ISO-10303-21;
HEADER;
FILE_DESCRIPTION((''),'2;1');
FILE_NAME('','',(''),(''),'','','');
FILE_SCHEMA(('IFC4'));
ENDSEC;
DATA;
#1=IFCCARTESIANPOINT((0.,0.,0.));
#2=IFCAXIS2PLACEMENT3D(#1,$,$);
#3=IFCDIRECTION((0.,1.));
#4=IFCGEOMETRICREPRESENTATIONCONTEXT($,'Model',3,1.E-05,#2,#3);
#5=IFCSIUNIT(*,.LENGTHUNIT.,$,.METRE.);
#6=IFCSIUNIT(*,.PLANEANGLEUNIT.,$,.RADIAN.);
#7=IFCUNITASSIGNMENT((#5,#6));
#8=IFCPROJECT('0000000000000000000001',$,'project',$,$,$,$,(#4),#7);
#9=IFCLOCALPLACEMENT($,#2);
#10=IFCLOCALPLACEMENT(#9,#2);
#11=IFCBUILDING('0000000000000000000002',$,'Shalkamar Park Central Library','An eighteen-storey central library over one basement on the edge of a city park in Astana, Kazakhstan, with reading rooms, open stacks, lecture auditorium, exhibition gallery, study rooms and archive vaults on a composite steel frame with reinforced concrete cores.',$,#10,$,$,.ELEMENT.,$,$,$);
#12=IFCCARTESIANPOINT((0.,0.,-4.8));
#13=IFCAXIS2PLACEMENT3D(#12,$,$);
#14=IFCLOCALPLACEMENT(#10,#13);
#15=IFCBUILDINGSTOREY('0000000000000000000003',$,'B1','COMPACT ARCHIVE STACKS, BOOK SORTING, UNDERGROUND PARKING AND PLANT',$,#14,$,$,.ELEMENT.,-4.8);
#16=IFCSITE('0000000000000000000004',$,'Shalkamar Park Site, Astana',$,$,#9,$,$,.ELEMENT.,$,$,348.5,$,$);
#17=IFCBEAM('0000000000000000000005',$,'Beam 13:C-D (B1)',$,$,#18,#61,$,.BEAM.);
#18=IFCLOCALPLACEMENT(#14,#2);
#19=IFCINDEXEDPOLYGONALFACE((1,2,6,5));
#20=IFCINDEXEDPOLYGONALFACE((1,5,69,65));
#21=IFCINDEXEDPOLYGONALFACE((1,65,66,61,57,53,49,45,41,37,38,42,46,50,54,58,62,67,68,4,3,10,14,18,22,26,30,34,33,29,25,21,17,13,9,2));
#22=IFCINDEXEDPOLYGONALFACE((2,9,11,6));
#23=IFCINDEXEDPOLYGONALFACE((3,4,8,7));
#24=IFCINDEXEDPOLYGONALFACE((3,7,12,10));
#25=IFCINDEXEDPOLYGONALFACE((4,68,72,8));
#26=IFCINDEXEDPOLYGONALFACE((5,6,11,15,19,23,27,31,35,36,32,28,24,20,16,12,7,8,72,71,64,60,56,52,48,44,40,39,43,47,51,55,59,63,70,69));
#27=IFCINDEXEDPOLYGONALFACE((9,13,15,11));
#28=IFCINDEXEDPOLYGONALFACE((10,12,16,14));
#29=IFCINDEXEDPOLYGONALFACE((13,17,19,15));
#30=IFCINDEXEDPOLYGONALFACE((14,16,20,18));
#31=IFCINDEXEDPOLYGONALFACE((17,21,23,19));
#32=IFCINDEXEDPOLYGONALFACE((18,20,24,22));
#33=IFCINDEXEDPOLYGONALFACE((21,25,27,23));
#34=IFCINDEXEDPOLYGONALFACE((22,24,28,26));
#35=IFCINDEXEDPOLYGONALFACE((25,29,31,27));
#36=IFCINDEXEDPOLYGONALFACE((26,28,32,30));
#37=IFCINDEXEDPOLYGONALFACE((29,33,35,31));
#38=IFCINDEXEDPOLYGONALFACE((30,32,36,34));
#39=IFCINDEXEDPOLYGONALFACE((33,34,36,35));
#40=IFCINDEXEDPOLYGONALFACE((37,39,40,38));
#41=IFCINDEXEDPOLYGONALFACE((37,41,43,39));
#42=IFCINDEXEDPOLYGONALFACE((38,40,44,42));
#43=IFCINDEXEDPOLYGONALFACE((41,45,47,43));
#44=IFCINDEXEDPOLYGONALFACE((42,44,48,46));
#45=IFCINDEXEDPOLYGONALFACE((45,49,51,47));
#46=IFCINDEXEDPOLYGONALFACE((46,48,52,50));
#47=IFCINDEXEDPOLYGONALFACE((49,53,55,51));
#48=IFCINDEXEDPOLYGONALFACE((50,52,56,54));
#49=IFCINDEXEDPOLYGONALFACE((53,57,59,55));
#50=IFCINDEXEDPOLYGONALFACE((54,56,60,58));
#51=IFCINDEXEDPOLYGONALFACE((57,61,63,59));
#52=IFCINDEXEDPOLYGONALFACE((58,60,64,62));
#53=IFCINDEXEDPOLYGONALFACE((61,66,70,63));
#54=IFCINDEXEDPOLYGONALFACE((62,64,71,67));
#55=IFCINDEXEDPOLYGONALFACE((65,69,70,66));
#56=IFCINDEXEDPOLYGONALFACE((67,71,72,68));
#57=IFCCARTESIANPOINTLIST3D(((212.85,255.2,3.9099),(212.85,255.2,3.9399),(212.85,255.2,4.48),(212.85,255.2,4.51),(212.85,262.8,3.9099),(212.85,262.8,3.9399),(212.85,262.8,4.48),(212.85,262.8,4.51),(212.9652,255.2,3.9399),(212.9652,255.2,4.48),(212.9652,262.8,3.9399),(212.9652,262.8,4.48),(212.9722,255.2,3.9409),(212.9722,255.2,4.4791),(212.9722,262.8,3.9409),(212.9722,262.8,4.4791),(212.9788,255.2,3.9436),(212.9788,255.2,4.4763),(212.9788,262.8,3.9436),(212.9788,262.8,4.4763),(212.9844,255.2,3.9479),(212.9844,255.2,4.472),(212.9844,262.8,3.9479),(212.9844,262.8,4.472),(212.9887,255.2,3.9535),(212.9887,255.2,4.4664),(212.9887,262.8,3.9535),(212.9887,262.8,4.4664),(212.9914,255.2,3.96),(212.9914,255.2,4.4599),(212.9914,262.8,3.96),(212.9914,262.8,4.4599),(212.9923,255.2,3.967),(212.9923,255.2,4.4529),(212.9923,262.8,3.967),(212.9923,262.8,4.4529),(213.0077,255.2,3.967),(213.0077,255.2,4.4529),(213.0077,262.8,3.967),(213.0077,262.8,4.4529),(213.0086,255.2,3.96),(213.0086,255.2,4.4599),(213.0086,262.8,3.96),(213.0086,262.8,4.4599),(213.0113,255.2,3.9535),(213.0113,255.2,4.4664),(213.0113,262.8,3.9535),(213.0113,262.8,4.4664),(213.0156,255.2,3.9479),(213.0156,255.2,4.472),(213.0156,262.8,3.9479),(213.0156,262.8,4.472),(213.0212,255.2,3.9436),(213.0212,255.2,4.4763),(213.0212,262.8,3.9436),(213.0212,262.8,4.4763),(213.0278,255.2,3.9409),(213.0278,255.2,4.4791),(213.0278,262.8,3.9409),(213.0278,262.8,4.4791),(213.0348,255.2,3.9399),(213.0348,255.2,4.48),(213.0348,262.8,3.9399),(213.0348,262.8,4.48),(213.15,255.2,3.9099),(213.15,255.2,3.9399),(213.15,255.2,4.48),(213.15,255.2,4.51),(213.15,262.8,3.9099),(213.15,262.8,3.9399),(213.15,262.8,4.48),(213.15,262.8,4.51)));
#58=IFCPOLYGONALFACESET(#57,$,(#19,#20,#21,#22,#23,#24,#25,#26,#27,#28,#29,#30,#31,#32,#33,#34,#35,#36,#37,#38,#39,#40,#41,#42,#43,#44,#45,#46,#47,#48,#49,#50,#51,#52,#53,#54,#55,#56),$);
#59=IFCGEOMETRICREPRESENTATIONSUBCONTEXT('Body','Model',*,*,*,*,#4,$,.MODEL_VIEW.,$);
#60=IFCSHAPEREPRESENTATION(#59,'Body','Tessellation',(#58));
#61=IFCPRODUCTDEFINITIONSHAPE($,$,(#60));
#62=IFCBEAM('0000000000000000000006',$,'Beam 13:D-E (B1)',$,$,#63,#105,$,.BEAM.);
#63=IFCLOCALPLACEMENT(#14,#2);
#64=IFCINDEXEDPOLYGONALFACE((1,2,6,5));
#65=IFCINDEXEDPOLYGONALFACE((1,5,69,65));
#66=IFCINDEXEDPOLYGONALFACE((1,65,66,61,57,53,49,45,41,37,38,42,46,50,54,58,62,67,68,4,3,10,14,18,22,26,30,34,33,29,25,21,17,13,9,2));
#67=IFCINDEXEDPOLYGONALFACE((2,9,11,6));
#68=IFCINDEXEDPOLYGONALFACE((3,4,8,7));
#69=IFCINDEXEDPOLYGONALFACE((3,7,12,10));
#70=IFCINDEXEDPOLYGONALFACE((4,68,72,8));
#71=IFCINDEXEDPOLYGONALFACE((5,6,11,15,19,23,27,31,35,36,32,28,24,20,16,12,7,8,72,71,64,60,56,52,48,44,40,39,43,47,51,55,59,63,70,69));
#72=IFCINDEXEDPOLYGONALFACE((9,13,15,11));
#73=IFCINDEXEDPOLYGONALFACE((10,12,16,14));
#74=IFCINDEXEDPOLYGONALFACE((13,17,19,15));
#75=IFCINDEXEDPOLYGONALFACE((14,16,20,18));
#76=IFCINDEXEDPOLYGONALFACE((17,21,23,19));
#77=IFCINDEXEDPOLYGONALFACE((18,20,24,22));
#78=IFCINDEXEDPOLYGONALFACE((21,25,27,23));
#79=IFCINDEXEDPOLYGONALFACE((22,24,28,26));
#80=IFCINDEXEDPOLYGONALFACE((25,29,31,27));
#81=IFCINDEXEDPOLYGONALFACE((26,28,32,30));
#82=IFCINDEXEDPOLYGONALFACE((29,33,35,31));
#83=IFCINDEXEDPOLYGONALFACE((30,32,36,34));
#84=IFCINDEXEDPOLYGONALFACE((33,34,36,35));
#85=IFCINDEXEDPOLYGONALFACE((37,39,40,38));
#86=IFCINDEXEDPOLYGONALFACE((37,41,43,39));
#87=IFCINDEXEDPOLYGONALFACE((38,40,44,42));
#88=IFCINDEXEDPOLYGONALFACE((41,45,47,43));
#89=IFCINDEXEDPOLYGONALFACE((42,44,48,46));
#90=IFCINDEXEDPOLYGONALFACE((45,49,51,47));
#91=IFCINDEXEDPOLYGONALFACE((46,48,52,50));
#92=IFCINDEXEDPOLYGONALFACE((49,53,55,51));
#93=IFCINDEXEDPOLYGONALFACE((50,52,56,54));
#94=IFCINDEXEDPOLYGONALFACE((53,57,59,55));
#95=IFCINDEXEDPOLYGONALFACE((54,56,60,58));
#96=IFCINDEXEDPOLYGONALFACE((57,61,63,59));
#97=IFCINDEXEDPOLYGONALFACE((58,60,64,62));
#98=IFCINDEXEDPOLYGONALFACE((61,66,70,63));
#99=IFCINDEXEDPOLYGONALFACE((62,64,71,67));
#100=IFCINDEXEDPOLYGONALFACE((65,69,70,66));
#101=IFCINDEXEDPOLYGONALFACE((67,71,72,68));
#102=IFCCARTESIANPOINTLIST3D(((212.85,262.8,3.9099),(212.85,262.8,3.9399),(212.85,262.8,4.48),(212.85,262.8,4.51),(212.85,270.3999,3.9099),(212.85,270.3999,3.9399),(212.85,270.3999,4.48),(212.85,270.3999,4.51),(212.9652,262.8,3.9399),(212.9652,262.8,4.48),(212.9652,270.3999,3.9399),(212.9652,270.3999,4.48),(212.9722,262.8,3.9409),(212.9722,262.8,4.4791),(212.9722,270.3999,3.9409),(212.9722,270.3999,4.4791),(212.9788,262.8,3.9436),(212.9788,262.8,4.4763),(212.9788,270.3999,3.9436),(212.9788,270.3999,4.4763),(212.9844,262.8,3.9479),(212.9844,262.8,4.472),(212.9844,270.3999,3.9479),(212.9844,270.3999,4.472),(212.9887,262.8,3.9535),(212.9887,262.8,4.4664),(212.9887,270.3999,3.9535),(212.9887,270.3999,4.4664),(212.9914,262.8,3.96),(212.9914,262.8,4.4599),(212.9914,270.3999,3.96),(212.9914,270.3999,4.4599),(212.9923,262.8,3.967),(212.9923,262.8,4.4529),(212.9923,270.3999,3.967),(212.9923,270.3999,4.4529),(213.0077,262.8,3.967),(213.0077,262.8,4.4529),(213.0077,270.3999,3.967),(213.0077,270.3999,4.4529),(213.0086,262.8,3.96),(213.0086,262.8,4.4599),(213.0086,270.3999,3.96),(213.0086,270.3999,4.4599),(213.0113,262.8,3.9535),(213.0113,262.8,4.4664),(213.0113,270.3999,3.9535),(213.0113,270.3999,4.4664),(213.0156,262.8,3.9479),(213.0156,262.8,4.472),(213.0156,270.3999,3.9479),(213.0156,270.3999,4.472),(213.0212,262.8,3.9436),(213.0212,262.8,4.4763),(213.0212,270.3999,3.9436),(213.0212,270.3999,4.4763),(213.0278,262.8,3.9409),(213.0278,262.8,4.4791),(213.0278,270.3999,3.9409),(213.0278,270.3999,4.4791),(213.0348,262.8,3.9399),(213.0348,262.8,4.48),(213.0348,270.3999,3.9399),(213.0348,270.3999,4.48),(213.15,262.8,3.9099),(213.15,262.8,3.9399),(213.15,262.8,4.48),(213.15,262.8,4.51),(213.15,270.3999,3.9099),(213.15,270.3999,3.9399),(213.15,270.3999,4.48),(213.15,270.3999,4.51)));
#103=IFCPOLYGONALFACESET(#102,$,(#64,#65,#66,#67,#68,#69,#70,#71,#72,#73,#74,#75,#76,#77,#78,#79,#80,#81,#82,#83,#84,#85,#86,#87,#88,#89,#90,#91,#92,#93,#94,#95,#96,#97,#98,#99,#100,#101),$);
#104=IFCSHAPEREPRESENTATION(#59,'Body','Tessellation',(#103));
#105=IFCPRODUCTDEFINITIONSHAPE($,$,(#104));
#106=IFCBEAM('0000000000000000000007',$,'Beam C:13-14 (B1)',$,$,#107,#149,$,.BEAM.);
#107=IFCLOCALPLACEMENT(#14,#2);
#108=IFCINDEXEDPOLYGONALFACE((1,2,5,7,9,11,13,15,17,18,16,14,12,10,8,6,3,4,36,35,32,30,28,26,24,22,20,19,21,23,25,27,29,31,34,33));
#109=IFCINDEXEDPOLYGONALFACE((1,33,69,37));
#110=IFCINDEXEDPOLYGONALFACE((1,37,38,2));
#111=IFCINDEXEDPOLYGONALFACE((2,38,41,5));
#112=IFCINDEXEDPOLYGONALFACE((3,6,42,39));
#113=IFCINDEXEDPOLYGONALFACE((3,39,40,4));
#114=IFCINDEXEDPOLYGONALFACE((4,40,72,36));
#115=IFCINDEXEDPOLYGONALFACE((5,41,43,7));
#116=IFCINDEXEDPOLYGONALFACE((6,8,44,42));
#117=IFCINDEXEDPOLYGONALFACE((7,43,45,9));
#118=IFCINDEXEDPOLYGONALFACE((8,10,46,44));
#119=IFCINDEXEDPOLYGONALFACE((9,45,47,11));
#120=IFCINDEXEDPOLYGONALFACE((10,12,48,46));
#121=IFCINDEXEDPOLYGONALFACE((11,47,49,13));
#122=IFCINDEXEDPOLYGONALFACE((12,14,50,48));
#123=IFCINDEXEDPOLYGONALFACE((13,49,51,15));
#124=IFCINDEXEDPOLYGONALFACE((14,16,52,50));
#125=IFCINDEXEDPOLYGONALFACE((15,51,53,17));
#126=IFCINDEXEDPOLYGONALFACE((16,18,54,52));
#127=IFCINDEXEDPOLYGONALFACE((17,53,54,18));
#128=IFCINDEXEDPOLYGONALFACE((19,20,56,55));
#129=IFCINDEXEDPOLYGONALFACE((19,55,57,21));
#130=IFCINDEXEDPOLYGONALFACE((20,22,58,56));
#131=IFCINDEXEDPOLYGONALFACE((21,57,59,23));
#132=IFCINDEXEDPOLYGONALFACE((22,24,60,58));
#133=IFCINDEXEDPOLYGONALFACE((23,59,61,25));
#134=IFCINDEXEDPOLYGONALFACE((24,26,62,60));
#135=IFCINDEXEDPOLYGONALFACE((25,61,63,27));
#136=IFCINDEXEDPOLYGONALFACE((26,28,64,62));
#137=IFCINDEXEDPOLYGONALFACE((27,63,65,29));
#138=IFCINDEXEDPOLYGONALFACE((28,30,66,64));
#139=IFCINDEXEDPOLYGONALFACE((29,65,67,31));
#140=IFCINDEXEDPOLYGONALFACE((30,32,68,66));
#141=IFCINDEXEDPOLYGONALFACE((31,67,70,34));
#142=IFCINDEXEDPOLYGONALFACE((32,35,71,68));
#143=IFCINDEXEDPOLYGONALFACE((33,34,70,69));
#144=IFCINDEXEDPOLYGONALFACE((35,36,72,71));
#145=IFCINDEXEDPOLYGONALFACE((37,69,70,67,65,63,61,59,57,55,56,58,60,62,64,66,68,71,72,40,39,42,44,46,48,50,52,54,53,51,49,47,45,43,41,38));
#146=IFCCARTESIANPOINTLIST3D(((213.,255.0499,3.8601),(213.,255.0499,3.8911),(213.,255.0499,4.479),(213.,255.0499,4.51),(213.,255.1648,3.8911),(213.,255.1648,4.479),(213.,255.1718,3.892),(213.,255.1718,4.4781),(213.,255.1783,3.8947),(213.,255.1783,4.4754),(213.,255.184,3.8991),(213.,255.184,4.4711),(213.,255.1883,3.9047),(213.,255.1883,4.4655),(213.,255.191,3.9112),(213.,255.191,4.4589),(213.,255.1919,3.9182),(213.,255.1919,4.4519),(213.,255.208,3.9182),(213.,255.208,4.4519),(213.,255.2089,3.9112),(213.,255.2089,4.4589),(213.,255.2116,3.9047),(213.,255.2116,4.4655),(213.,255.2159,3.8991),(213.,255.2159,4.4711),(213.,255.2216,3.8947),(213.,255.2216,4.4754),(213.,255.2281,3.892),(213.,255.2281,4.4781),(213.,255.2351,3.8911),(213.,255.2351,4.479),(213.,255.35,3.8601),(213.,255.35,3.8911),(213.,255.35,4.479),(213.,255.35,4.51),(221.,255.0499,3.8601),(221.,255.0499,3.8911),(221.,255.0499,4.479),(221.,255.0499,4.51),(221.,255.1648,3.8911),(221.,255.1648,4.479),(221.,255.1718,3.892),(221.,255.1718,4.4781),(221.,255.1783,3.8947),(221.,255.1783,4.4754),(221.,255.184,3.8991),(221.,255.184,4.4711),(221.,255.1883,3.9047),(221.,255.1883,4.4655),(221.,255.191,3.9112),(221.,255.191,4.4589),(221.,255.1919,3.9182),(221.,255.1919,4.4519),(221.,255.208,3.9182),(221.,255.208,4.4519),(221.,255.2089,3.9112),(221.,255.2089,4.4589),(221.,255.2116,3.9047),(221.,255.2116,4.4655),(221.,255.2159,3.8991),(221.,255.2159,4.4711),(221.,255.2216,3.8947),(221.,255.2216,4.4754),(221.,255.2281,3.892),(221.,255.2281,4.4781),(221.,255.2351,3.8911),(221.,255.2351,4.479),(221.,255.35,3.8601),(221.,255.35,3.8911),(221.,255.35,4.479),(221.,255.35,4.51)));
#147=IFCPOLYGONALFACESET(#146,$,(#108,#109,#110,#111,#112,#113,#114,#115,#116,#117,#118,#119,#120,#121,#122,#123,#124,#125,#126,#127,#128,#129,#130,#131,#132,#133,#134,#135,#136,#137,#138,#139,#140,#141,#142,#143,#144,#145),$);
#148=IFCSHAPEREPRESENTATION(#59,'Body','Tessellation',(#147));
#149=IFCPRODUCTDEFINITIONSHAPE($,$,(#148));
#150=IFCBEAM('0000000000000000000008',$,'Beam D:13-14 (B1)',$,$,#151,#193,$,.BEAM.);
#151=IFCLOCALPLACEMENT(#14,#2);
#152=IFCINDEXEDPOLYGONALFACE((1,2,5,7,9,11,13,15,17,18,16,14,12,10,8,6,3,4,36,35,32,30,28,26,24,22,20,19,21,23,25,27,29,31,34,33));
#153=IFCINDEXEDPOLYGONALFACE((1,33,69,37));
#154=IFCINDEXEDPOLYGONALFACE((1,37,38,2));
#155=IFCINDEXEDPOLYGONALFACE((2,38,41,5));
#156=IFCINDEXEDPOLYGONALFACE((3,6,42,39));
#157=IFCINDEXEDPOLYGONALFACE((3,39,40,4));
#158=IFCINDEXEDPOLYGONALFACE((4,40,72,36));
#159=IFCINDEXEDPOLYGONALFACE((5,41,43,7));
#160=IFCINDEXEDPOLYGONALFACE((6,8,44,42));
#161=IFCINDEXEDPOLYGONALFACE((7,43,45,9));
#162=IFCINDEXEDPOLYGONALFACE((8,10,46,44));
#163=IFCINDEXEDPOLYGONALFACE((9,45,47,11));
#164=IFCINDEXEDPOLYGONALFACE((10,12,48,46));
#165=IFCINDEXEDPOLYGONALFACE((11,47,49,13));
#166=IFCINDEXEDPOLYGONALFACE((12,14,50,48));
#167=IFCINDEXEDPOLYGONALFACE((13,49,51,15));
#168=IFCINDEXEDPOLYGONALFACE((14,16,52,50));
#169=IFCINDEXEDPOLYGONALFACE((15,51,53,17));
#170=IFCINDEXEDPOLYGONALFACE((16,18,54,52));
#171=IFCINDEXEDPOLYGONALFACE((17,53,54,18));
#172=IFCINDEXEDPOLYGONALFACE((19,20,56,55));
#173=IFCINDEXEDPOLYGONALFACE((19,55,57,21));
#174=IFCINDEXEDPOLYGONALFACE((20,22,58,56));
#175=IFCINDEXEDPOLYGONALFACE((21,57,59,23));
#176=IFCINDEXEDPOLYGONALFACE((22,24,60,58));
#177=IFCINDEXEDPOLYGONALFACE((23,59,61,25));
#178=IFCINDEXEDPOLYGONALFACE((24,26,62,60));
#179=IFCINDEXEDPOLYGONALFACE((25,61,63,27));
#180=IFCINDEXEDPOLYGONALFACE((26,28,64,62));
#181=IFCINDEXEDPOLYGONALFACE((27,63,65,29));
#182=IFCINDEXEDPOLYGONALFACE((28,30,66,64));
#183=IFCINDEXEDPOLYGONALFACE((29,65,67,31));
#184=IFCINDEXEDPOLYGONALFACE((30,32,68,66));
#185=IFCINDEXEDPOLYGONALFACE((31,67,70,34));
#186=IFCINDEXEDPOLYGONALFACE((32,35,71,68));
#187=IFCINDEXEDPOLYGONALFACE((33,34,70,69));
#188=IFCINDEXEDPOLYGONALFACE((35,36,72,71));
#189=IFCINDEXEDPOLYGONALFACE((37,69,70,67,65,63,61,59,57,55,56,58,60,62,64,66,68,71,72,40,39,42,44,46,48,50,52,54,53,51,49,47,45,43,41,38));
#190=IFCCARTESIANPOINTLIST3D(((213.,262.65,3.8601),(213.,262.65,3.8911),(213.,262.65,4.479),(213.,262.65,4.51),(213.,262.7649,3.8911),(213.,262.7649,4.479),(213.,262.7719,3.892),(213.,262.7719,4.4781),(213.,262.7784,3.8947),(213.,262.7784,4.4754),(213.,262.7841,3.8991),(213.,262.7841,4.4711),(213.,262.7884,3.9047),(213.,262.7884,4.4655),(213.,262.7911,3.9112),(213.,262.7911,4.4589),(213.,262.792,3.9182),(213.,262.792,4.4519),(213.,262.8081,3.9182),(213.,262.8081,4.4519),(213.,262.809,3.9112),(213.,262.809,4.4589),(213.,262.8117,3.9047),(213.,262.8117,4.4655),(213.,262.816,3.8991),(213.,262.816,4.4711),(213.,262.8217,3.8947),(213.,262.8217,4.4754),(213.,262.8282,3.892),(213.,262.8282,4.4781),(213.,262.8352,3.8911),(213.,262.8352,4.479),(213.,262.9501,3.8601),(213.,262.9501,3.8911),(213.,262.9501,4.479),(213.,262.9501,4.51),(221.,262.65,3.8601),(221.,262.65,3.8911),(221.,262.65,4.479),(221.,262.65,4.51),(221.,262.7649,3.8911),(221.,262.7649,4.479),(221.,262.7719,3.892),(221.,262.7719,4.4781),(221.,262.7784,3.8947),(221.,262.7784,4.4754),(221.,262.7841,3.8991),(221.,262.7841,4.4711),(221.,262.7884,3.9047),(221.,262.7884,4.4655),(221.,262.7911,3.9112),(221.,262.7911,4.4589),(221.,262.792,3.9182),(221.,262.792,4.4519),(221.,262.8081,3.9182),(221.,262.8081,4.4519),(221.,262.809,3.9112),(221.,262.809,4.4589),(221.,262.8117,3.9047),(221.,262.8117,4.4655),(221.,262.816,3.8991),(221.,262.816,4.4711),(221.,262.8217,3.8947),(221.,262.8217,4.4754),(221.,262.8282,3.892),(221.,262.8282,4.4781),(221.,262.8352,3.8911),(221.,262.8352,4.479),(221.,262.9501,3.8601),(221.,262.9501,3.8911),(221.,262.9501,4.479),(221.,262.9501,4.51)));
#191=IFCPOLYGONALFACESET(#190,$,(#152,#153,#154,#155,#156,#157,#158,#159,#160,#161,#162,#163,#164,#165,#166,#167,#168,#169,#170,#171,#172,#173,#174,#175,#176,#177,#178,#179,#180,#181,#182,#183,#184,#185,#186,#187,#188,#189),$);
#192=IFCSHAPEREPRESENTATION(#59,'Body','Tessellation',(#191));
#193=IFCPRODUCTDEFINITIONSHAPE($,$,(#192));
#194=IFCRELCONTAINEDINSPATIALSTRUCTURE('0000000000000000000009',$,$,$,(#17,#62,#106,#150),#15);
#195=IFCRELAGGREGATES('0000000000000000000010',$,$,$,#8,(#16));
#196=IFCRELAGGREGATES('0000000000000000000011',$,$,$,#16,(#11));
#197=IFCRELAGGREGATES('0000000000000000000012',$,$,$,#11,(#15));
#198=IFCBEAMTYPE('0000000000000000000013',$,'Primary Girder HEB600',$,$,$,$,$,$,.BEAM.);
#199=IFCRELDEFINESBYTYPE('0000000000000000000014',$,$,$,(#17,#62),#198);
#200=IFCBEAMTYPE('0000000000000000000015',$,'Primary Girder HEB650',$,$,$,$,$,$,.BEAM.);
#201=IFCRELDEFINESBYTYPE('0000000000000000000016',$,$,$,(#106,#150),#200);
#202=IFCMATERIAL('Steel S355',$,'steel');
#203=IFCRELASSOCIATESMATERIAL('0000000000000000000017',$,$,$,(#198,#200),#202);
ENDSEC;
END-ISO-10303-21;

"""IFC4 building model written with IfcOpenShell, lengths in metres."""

from ifc_helpers import new_model, si_unit, direction, frame, origin, origin_2d, place, context, subcontext, project, spatial, i_section, extrude, material, material_profile, profile_set, type_object, element, save


model = new_model("IFC4")

# Units and contexts
model_context = context("Model", 3, precision=1e-05, world=origin(), true_north=direction((0.0, 1.0)))
body_context = subcontext(model_context, "Body", "Model", "MODEL_VIEW")
ifc_project = project(units=[si_unit("LENGTHUNIT", "METRE"), si_unit("PLANEANGLEUNIT", "RADIAN")], contexts=[model_context])

# Site, building, storey
site_placement = place(None, origin())
site = spatial("IfcSite", under=ifc_project, at=site_placement, Name="Shalkamar Park Site, Astana", CompositionType="ELEMENT", RefElevation=348.5)
building_placement = place(site_placement, origin())
building = spatial("IfcBuilding", under=site, at=building_placement, Name="Shalkamar Park Central Library", Description="An eighteen-storey central library over one basement on the edge of a city park in Astana, Kazakhstan, with reading rooms, open stacks, lecture auditorium, exhibition gallery, study rooms and archive vaults on a composite steel frame with reinforced concrete cores.", CompositionType="ELEMENT")
storey_placement = place(building_placement, frame((0.0, 0.0, -4.8)))
storey = spatial("IfcBuildingStorey", under=building, at=storey_placement, Name="B1", Description="COMPACT ARCHIVE STACKS, BOOK SORTING, UNDERGROUND PARKING AND PLANT", CompositionType="ELEMENT", Elevation=-4.8)

# Shared definitions
ifc_material_1 = material(Name="Steel S355", Category="steel")

# Beams
ifc_material_profile_1 = material_profile(ifc_material_1, i_section(OverallWidth=0.3, OverallDepth=0.6001, WebThickness=0.0154, FlangeThickness=0.03, FilletRadius=0.0271, at=origin_2d()), Name="HEB 600")
ifc_profile_set_1 = profile_set([ifc_material_profile_1], Name="Steel S355")
beam_type_1 = type_object("IfcBeamType", Name="Primary Girder HEB600", PredefinedType="BEAM", material=ifc_profile_set_1)
beam_1_placement = place(storey_placement, frame((213.0, 255.2, 4.21), z_axis=(0.0, 1.0, 0.0), x_axis=(-1.0, 0.0, 0.0)))
element("IfcBeam", 1, at=beam_1_placement, inside=storey, type_object=beam_type_1, Name="Beam 13:C-D (B1)", PredefinedType="BEAM", context=body_context, shape_type="SweptSolid", body=[
    extrude(i_section(OverallWidth=0.3, OverallDepth=0.6001, WebThickness=0.0154, FlangeThickness=0.03, FilletRadius=0.0271, at=origin_2d()), origin(), (0.0, 0.0, 1.0), 7.6001),
])
beam_2_placement = place(storey_placement, frame((213.0, 262.8, 4.21), z_axis=(0.0, 1.0, 0.0), x_axis=(-1.0, 0.0, 0.0)))
element("IfcBeam", 2, at=beam_2_placement, inside=storey, type_object=beam_type_1, Name="Beam 13:D-E (B1)", PredefinedType="BEAM", context=body_context, shape_type="SweptSolid", body=[
    extrude(i_section(OverallWidth=0.3, OverallDepth=0.6001, WebThickness=0.0154, FlangeThickness=0.03, FilletRadius=0.0271, at=origin_2d()), origin(), (0.0, 0.0, 1.0), 7.5999),
])
ifc_material_profile_2 = material_profile(ifc_material_1, i_section(OverallWidth=0.3, OverallDepth=0.6499, WebThickness=0.0161, FlangeThickness=0.031, FilletRadius=0.0271, at=origin_2d()), Name="HEB 650")
ifc_profile_set_2 = profile_set([ifc_material_profile_2], Name="Steel S355")
beam_type_2 = type_object("IfcBeamType", Name="Primary Girder HEB650", PredefinedType="BEAM", material=ifc_profile_set_2)
for number, where, z_axis, x_axis, name in (
    (3, (213.0, 255.2, 4.1851), (1.0, 0.0, 0.0), (0.0, 1.0, 0.0), "Beam C:13-14 (B1)"),
    (4, (213.0, 262.8, 4.1851), (1.0, 0.0, 0.0), (0.0, 1.0, 0.0), "Beam D:13-14 (B1)"),
):
    element("IfcBeam", number, at=place(storey_placement, frame(where, z_axis=z_axis, x_axis=x_axis)), inside=storey, type_object=beam_type_2, Name=name, PredefinedType="BEAM", context=body_context, shape_type="SweptSolid", body=[
        extrude(i_section(OverallWidth=0.3, OverallDepth=0.6499, WebThickness=0.0161, FlangeThickness=0.031, FilletRadius=0.0271, at=origin_2d()), origin(), (0.0, 0.0, 1.0), 8.0),
    ])

save(model, "model.ifc")
